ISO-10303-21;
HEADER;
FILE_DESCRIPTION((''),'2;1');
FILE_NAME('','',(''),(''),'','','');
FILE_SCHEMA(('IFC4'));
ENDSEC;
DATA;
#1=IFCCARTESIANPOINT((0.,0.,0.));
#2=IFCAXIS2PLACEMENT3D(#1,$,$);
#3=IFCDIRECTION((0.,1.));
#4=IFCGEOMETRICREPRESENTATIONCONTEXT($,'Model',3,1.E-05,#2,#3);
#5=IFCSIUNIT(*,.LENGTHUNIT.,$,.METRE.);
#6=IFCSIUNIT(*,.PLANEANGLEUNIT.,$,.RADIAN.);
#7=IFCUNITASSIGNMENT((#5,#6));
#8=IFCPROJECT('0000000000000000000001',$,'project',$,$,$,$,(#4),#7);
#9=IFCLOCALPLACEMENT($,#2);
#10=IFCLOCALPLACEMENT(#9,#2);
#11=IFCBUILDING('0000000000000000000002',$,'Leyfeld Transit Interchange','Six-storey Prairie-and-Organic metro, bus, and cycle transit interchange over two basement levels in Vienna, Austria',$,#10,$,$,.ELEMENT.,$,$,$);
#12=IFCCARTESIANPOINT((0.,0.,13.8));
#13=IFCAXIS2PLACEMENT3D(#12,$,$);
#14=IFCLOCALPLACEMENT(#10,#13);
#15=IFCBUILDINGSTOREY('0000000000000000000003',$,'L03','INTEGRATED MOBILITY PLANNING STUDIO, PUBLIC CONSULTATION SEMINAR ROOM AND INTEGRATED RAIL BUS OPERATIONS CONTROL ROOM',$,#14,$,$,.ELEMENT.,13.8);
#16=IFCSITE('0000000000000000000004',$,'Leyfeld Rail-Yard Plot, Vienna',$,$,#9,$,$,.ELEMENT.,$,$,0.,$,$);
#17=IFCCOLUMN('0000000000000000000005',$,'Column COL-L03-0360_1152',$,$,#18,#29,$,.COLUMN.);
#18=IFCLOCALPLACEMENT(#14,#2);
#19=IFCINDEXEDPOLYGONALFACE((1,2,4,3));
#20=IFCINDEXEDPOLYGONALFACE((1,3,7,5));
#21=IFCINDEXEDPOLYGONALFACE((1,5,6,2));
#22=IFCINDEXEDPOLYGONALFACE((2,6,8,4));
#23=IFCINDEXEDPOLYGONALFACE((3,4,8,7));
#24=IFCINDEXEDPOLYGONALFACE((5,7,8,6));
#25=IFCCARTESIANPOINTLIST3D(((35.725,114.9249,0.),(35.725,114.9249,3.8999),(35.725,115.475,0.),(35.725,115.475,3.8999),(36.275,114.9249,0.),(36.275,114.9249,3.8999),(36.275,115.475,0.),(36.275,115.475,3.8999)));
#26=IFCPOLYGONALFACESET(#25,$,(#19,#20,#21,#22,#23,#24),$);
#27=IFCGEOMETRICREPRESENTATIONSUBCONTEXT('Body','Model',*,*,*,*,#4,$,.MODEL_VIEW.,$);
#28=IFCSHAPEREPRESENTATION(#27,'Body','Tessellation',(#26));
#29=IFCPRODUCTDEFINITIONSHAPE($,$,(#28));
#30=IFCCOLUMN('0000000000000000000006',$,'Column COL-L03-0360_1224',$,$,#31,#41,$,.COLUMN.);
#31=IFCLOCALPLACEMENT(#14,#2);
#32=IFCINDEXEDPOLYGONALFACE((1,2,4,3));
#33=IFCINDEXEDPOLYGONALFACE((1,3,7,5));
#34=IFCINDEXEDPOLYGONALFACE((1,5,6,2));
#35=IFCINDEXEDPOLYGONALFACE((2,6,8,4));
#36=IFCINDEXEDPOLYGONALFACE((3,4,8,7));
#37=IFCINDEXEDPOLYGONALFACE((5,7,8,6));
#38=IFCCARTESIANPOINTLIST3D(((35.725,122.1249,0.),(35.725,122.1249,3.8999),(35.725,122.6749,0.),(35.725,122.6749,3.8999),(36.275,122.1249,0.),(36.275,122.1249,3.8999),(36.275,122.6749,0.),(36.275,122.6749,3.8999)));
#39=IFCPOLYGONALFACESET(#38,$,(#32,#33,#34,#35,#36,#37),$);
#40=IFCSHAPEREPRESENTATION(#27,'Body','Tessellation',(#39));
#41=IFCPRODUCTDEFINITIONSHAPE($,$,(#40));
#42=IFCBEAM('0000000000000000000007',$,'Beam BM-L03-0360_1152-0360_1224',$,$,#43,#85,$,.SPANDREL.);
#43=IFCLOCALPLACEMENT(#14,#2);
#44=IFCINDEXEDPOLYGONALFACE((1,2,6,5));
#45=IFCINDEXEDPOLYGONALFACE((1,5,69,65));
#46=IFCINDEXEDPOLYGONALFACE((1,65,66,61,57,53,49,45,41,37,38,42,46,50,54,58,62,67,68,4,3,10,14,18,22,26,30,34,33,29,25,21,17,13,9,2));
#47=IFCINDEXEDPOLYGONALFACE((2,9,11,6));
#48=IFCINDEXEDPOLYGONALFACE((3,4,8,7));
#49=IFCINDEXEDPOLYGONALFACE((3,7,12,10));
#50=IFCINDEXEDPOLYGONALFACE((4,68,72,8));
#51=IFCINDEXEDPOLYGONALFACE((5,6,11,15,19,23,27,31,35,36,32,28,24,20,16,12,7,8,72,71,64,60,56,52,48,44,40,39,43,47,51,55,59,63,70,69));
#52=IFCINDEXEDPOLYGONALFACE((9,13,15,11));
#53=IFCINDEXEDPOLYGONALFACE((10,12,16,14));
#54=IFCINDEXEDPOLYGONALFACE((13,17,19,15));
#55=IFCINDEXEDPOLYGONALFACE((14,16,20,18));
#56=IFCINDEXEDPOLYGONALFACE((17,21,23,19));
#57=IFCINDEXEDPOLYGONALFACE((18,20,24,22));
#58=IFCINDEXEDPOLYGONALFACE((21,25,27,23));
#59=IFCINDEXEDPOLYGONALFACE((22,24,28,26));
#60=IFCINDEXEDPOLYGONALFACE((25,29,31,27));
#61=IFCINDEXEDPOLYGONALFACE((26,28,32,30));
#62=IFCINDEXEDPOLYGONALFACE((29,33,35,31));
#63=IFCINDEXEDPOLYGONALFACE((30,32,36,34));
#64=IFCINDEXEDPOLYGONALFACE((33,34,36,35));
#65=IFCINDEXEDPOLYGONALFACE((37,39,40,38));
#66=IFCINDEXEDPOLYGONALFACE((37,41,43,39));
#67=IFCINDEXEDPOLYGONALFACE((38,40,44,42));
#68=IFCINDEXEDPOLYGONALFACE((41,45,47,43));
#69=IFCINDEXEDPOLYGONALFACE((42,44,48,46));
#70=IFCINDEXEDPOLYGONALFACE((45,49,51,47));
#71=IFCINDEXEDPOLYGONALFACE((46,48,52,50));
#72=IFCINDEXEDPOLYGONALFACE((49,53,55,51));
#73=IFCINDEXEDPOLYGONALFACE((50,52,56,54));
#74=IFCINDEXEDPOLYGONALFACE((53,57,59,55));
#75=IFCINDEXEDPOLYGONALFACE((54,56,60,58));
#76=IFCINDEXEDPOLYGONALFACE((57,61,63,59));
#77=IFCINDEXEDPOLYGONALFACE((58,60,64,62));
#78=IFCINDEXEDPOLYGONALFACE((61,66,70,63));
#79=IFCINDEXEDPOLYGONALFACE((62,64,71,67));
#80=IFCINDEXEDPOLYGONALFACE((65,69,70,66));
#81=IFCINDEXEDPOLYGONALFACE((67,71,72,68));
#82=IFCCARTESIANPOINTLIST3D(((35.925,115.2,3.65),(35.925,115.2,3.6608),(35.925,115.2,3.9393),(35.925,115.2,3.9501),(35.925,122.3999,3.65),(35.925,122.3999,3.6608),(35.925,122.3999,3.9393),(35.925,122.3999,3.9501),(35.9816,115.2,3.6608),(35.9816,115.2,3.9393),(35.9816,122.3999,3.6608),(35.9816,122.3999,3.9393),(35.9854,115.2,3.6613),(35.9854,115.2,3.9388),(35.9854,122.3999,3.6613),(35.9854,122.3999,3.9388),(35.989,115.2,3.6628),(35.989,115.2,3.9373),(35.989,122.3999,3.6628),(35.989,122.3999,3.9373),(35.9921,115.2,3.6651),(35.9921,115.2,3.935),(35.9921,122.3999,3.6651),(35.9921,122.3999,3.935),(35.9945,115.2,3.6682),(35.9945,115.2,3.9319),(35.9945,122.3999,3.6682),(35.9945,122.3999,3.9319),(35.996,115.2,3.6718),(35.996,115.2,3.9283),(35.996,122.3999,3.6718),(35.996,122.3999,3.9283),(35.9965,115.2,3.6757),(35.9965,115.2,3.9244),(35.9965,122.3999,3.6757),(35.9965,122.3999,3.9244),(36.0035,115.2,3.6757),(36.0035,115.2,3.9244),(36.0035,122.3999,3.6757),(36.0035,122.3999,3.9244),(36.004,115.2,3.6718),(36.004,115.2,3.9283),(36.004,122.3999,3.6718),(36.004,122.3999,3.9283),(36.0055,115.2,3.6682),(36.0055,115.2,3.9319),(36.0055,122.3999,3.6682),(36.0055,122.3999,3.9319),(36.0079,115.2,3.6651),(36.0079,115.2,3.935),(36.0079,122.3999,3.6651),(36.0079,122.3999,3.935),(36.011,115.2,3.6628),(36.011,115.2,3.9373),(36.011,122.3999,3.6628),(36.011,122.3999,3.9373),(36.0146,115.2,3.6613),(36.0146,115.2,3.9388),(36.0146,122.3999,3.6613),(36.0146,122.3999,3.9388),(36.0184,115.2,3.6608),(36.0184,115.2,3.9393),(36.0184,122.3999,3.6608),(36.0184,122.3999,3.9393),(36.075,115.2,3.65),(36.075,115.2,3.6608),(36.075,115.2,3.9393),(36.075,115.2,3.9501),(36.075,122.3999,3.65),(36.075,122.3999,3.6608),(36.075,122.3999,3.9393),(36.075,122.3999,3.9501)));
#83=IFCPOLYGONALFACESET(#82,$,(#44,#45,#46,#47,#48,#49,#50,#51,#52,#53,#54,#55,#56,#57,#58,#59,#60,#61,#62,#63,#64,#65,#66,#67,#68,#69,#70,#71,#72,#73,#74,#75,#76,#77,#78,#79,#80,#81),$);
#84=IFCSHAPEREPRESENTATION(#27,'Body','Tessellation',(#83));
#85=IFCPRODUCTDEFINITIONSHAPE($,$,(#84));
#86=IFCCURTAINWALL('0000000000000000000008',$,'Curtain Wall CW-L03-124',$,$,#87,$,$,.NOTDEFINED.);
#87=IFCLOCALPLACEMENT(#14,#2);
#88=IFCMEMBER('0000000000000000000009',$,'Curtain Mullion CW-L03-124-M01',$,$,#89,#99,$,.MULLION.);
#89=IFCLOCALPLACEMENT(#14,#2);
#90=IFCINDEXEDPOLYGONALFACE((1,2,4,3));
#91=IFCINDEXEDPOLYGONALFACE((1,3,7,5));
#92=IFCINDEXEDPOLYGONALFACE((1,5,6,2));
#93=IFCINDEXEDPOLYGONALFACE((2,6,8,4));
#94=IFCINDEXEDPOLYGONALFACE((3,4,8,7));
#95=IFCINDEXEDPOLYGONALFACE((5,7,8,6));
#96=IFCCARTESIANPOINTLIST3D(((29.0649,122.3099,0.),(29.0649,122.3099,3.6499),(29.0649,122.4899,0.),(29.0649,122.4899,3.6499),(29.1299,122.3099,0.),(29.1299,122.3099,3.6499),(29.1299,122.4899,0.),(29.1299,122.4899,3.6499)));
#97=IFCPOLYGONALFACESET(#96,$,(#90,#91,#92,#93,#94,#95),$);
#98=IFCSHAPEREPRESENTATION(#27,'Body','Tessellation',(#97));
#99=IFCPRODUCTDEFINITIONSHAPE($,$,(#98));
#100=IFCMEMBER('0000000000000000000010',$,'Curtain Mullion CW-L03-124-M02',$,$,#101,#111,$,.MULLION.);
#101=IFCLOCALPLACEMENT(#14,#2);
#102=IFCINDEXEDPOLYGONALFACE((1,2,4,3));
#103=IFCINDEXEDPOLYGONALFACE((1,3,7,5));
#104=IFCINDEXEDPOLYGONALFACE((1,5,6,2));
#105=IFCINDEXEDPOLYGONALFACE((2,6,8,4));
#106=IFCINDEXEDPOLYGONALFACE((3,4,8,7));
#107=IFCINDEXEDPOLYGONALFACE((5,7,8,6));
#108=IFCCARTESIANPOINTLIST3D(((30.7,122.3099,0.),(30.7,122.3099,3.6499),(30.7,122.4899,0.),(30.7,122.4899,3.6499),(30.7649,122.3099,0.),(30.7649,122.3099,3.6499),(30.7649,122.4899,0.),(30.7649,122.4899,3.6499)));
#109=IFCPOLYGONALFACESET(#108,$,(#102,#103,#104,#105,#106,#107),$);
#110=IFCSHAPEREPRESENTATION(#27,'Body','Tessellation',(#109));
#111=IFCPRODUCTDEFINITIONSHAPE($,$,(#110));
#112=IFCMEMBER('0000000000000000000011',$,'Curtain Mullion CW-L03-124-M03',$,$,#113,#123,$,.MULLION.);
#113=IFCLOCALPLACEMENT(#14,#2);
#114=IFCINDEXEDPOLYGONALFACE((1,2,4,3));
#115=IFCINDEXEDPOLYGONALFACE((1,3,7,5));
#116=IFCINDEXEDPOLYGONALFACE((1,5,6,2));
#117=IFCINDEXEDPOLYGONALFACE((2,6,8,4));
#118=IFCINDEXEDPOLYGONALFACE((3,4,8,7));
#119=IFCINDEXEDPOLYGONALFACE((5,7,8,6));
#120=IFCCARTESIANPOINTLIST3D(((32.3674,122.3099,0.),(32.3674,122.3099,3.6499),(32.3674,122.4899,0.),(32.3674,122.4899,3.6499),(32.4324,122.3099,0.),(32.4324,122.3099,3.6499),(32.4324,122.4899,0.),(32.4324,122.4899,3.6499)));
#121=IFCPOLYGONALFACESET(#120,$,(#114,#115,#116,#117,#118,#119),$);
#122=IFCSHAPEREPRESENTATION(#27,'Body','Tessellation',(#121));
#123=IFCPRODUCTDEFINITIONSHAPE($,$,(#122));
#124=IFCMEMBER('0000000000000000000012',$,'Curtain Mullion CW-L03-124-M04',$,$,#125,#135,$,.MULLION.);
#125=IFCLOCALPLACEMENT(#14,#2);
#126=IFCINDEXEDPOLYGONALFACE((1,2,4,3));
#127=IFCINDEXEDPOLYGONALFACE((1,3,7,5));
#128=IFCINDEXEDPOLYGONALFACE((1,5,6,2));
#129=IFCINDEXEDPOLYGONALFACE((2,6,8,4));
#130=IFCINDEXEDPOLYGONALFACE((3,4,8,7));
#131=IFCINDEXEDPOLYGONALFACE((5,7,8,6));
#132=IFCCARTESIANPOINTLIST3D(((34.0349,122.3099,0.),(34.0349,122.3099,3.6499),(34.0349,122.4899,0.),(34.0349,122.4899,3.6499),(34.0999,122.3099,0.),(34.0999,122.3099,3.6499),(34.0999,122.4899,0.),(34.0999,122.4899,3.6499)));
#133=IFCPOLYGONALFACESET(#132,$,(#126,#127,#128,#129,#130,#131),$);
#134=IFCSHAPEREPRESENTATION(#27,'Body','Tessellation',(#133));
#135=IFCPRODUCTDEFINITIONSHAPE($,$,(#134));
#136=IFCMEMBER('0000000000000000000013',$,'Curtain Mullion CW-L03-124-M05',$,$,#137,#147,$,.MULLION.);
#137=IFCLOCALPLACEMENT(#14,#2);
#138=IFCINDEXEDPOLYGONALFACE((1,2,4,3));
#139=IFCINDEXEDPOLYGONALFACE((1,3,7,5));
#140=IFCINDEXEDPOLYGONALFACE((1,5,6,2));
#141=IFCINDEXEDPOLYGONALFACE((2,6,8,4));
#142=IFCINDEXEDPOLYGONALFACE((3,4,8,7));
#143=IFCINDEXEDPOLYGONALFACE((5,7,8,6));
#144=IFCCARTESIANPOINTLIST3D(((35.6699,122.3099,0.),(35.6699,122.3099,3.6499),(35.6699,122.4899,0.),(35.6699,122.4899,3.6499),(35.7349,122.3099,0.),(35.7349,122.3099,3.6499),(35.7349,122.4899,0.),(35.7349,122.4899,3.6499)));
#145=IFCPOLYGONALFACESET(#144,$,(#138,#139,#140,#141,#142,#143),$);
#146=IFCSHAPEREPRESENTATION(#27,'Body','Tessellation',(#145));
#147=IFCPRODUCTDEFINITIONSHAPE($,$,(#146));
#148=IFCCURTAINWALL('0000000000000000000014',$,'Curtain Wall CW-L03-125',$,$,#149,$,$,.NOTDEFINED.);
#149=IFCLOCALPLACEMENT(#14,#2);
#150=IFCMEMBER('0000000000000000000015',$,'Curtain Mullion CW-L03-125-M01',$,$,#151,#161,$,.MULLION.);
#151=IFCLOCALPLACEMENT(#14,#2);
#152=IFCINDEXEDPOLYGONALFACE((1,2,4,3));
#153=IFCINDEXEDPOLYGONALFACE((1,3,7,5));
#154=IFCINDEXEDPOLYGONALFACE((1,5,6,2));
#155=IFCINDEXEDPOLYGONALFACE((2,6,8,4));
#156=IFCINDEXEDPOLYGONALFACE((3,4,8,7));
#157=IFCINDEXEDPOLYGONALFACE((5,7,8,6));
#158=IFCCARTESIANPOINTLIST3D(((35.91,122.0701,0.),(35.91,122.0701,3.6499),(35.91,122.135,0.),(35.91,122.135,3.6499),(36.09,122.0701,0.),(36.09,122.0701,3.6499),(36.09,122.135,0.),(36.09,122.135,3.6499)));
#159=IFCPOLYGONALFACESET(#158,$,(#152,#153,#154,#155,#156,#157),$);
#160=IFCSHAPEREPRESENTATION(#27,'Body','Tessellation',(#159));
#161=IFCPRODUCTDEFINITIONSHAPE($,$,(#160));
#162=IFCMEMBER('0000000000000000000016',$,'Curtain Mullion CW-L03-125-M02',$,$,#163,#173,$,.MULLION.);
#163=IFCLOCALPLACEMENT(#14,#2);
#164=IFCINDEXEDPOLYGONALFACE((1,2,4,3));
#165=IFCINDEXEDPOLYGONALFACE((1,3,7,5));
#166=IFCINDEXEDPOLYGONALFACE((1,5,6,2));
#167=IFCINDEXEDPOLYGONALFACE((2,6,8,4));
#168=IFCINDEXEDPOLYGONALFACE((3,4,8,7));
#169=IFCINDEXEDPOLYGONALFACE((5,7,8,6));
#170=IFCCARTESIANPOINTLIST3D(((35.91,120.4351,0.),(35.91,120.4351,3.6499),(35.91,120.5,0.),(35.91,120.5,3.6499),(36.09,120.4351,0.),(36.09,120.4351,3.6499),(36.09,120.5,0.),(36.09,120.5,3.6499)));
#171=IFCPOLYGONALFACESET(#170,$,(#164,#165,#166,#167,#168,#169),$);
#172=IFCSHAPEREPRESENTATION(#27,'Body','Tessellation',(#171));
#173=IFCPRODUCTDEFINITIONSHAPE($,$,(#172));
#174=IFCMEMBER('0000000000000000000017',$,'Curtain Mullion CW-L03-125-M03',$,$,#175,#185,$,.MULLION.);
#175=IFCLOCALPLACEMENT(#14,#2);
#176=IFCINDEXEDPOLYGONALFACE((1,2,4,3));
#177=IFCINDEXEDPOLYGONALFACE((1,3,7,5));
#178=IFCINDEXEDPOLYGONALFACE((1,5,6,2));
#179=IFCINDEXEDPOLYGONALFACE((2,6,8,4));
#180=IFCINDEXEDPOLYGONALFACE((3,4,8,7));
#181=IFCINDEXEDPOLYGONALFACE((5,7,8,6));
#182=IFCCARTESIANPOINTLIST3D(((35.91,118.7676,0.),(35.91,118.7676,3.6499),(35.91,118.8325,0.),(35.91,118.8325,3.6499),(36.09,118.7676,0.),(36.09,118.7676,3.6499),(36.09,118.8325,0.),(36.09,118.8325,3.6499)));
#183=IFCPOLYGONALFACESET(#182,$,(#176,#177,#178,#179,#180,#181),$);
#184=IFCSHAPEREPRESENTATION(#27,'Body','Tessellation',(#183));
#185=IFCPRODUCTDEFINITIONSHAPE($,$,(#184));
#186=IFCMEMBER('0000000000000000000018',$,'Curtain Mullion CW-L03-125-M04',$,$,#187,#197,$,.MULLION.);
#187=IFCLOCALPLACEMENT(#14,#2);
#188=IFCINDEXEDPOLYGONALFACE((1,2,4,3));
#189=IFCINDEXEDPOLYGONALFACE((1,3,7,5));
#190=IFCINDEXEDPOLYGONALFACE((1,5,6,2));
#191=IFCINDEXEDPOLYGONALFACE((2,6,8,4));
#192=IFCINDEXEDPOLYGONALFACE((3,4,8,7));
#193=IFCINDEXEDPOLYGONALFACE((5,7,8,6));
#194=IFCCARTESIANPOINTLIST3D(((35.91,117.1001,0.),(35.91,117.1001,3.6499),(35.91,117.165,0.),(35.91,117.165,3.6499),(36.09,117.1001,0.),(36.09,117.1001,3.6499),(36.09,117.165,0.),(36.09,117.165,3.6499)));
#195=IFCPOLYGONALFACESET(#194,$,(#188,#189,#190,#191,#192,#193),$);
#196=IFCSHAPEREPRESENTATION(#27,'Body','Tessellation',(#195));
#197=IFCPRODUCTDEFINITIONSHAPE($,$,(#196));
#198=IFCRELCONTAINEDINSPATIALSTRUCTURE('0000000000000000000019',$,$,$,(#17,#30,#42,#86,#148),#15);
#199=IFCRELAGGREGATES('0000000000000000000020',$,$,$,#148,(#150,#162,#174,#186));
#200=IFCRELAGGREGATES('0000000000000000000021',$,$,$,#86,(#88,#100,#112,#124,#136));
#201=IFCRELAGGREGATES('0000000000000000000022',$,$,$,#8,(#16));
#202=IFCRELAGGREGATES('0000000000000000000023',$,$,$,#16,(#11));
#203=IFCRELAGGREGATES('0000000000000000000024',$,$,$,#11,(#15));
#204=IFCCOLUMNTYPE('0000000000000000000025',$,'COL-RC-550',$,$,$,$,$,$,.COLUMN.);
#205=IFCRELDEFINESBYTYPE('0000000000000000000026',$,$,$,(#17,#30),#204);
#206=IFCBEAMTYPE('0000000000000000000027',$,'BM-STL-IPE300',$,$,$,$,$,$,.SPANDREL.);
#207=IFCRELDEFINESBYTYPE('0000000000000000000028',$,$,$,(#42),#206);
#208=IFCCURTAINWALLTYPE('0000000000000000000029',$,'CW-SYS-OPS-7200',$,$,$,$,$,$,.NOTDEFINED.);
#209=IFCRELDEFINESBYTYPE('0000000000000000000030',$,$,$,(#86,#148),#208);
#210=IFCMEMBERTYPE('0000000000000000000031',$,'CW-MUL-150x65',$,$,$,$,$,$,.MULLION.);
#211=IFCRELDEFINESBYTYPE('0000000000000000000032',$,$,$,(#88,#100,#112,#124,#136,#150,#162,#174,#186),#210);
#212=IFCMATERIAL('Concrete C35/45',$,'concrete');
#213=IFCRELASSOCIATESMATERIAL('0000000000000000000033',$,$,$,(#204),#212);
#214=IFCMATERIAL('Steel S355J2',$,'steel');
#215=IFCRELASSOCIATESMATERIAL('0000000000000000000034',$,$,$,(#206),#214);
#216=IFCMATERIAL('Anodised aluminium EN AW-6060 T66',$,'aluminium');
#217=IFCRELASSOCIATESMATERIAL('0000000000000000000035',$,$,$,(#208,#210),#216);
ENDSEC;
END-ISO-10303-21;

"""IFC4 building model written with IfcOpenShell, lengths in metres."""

from ifc_helpers import new_model, si_unit, direction, frame, origin, origin_2d, place, context, subcontext, project, spatial, rectangle, i_section, extrude, material, material_profile, profile_set, type_object, element, aggregate, save


model = new_model("IFC4")

# Units and contexts
model_context = context("Model", 3, precision=1e-05, world=origin(), true_north=direction((0.0, 1.0)))
body_context = subcontext(model_context, "Body", "Model", "MODEL_VIEW")
ifc_project = project(units=[si_unit("LENGTHUNIT", "METRE"), si_unit("PLANEANGLEUNIT", "RADIAN")], contexts=[model_context])

# Site, building, storey
site_placement = place(None, origin())
site = spatial("IfcSite", under=ifc_project, at=site_placement, Name="Leyfeld Rail-Yard Plot, Vienna", CompositionType="ELEMENT", RefElevation=0.0)
building_placement = place(site_placement, origin())
building = spatial("IfcBuilding", under=site, at=building_placement, Name="Leyfeld Transit Interchange", Description="Six-storey Prairie-and-Organic metro, bus, and cycle transit interchange over two basement levels in Vienna, Austria", CompositionType="ELEMENT")
storey_placement = place(building_placement, frame((0.0, 0.0, 13.8)))
storey = spatial("IfcBuildingStorey", under=building, at=storey_placement, Name="L03", Description="INTEGRATED MOBILITY PLANNING STUDIO, PUBLIC CONSULTATION SEMINAR ROOM AND INTEGRATED RAIL BUS OPERATIONS CONTROL ROOM", CompositionType="ELEMENT", Elevation=13.8)

# Columns
ifc_material_1 = material(Name="Concrete C35/45", Category="concrete")
ifc_material_profile_1 = material_profile(ifc_material_1, rectangle(XDim=0.55, YDim=0.55, at=origin_2d()), Name="RC 550x550")
ifc_profile_set_1 = profile_set([ifc_material_profile_1], Name="Concrete C35/45")
column_type = type_object("IfcColumnType", Name="COL-RC-550", PredefinedType="COLUMN", material=ifc_profile_set_1)
for number, where, z_axis, x_axis, name in (
    (1, (36.0, 115.2, 0.0), (0.0, 0.0, 1.0), (1.0, 0.0, 0.0), "Column COL-L03-0360_1152"),
    (2, (36.0, 122.3999, 0.0), (0.0, 0.0, 1.0), (1.0, 0.0, 0.0), "Column COL-L03-0360_1224"),
):
    element("IfcColumn", number, at=place(storey_placement, frame(where, z_axis=z_axis, x_axis=x_axis)), inside=storey, type_object=column_type, Name=name, PredefinedType="COLUMN", context=body_context, shape_type="SweptSolid", body=[
        extrude(rectangle(XDim=0.55, YDim=0.55, at=origin_2d()), origin(), (0.0, 0.0, 1.0), 3.8999),
    ])

# Beam
ifc_material_2 = material(Name="Steel S355J2", Category="steel")
ifc_material_profile_2 = material_profile(ifc_material_2, i_section(OverallWidth=0.1499, OverallDepth=0.3, WebThickness=0.0071, FlangeThickness=0.0107, FilletRadius=0.0149, at=origin_2d()), Name="IPE 300")
ifc_profile_set_2 = profile_set([ifc_material_profile_2], Name="Steel S355J2")
beam_type = type_object("IfcBeamType", Name="BM-STL-IPE300", PredefinedType="SPANDREL", material=ifc_profile_set_2)
beam_placement = place(storey_placement, frame((36.0, 115.2, 3.8), z_axis=(0.0, 1.0, 0.0), x_axis=(-1.0, 0.0, 0.0)))
element("IfcBeam", 3, at=beam_placement, inside=storey, type_object=beam_type, Name="Beam BM-L03-0360_1152-0360_1224", PredefinedType="SPANDREL", context=body_context, shape_type="SweptSolid", body=[
    extrude(i_section(OverallWidth=0.1499, OverallDepth=0.3, WebThickness=0.0071, FlangeThickness=0.0107, FilletRadius=0.0149, at=origin_2d()), origin(), (0.0, 0.0, 1.0), 7.2),
])

# Curtain walls, members
ifc_material_3 = material(Name="Anodised aluminium EN AW-6060 T66", Category="aluminium")
curtain_wall_type = type_object("IfcCurtainWallType", Name="CW-SYS-OPS-7200", PredefinedType="NOTDEFINED", material=ifc_material_3)
curtain_wall_1_placement = place(storey_placement, origin())
curtain_wall_1 = element("IfcCurtainWall", 4, at=curtain_wall_1_placement, inside=storey, type_object=curtain_wall_type, Name="Curtain Wall CW-L03-124", PredefinedType="NOTDEFINED")
ifc_material_profile_3 = material_profile(ifc_material_3, rectangle(XDim=0.0649, YDim=0.1799, at=origin_2d()), Name="CW-M 65x180")
ifc_profile_set_3 = profile_set([ifc_material_profile_3], Name="Anodised aluminium EN AW-6060 T66")
member_type = type_object("IfcMemberType", Name="CW-MUL-150x65", PredefinedType="MULLION", material=ifc_profile_set_3)
member_1_placement = place(storey_placement, frame((29.0974, 122.3999, 0.0), z_axis=(0.0, 0.0, 1.0), x_axis=(1.0, 0.0, 0.0)))
member_1 = element("IfcMember", 5, at=member_1_placement, type_object=member_type, Name="Curtain Mullion CW-L03-124-M01", PredefinedType="MULLION", context=body_context, shape_type="SweptSolid", body=[
    extrude(rectangle(XDim=0.0649, YDim=0.1799, at=origin_2d()), origin(), (0.0, 0.0, 1.0), 3.6499),
])
member_2_placement = place(storey_placement, frame((30.7324, 122.3999, 0.0), z_axis=(0.0, 0.0, 1.0), x_axis=(1.0, 0.0, 0.0)))
member_2 = element("IfcMember", 6, at=member_2_placement, type_object=member_type, Name="Curtain Mullion CW-L03-124-M02", PredefinedType="MULLION", context=body_context, shape_type="SweptSolid", body=[
    extrude(rectangle(XDim=0.0649, YDim=0.1799, at=origin_2d()), origin(), (0.0, 0.0, 1.0), 3.6499),
])
member_3_placement = place(storey_placement, frame((32.3999, 122.3999, 0.0), z_axis=(0.0, 0.0, 1.0), x_axis=(1.0, 0.0, 0.0)))
member_3 = element("IfcMember", 7, at=member_3_placement, type_object=member_type, Name="Curtain Mullion CW-L03-124-M03", PredefinedType="MULLION", context=body_context, shape_type="SweptSolid", body=[
    extrude(rectangle(XDim=0.0649, YDim=0.1799, at=origin_2d()), origin(), (0.0, 0.0, 1.0), 3.6499),
])
member_4_placement = place(storey_placement, frame((34.0674, 122.3999, 0.0), z_axis=(0.0, 0.0, 1.0), x_axis=(1.0, 0.0, 0.0)))
member_4 = element("IfcMember", 8, at=member_4_placement, type_object=member_type, Name="Curtain Mullion CW-L03-124-M04", PredefinedType="MULLION", context=body_context, shape_type="SweptSolid", body=[
    extrude(rectangle(XDim=0.0649, YDim=0.1799, at=origin_2d()), origin(), (0.0, 0.0, 1.0), 3.6499),
])
member_5_placement = place(storey_placement, frame((35.7024, 122.3999, 0.0), z_axis=(0.0, 0.0, 1.0), x_axis=(1.0, 0.0, 0.0)))
member_5 = element("IfcMember", 9, at=member_5_placement, type_object=member_type, Name="Curtain Mullion CW-L03-124-M05", PredefinedType="MULLION", context=body_context, shape_type="SweptSolid", body=[
    extrude(rectangle(XDim=0.0649, YDim=0.1799, at=origin_2d()), origin(), (0.0, 0.0, 1.0), 3.6499),
])
curtain_wall_2_placement = place(storey_placement, origin())
curtain_wall_2 = element("IfcCurtainWall", 10, at=curtain_wall_2_placement, inside=storey, type_object=curtain_wall_type, Name="Curtain Wall CW-L03-125", PredefinedType="NOTDEFINED")
member_6_placement = place(storey_placement, frame((36.0, 122.1025, 0.0), z_axis=(0.0, 0.0, 1.0), x_axis=(0.0, -1.0, 0.0)))
member_6 = element("IfcMember", 11, at=member_6_placement, type_object=member_type, Name="Curtain Mullion CW-L03-125-M01", PredefinedType="MULLION", context=body_context, shape_type="SweptSolid", body=[
    extrude(rectangle(XDim=0.0649, YDim=0.1799, at=origin_2d()), origin(), (0.0, 0.0, 1.0), 3.6499),
])
member_7_placement = place(storey_placement, frame((36.0, 120.4675, 0.0), z_axis=(0.0, 0.0, 1.0), x_axis=(0.0, -1.0, 0.0)))
member_7 = element("IfcMember", 12, at=member_7_placement, type_object=member_type, Name="Curtain Mullion CW-L03-125-M02", PredefinedType="MULLION", context=body_context, shape_type="SweptSolid", body=[
    extrude(rectangle(XDim=0.0649, YDim=0.1799, at=origin_2d()), origin(), (0.0, 0.0, 1.0), 3.6499),
])
member_8_placement = place(storey_placement, frame((36.0, 118.8, 0.0), z_axis=(0.0, 0.0, 1.0), x_axis=(0.0, -1.0, 0.0)))
member_8 = element("IfcMember", 13, at=member_8_placement, type_object=member_type, Name="Curtain Mullion CW-L03-125-M03", PredefinedType="MULLION", context=body_context, shape_type="SweptSolid", body=[
    extrude(rectangle(XDim=0.0649, YDim=0.1799, at=origin_2d()), origin(), (0.0, 0.0, 1.0), 3.6499),
])
member_9_placement = place(storey_placement, frame((36.0, 117.1326, 0.0), z_axis=(0.0, 0.0, 1.0), x_axis=(0.0, -1.0, 0.0)))
member_9 = element("IfcMember", 14, at=member_9_placement, type_object=member_type, Name="Curtain Mullion CW-L03-125-M04", PredefinedType="MULLION", context=body_context, shape_type="SweptSolid", body=[
    extrude(rectangle(XDim=0.0649, YDim=0.1799, at=origin_2d()), origin(), (0.0, 0.0, 1.0), 3.6499),
])
aggregate(curtain_wall_2, [member_6, member_7, member_8, member_9])

aggregate(curtain_wall_1, [member_1, member_2, member_3, member_4, member_5])

save(model, "model.ifc")
